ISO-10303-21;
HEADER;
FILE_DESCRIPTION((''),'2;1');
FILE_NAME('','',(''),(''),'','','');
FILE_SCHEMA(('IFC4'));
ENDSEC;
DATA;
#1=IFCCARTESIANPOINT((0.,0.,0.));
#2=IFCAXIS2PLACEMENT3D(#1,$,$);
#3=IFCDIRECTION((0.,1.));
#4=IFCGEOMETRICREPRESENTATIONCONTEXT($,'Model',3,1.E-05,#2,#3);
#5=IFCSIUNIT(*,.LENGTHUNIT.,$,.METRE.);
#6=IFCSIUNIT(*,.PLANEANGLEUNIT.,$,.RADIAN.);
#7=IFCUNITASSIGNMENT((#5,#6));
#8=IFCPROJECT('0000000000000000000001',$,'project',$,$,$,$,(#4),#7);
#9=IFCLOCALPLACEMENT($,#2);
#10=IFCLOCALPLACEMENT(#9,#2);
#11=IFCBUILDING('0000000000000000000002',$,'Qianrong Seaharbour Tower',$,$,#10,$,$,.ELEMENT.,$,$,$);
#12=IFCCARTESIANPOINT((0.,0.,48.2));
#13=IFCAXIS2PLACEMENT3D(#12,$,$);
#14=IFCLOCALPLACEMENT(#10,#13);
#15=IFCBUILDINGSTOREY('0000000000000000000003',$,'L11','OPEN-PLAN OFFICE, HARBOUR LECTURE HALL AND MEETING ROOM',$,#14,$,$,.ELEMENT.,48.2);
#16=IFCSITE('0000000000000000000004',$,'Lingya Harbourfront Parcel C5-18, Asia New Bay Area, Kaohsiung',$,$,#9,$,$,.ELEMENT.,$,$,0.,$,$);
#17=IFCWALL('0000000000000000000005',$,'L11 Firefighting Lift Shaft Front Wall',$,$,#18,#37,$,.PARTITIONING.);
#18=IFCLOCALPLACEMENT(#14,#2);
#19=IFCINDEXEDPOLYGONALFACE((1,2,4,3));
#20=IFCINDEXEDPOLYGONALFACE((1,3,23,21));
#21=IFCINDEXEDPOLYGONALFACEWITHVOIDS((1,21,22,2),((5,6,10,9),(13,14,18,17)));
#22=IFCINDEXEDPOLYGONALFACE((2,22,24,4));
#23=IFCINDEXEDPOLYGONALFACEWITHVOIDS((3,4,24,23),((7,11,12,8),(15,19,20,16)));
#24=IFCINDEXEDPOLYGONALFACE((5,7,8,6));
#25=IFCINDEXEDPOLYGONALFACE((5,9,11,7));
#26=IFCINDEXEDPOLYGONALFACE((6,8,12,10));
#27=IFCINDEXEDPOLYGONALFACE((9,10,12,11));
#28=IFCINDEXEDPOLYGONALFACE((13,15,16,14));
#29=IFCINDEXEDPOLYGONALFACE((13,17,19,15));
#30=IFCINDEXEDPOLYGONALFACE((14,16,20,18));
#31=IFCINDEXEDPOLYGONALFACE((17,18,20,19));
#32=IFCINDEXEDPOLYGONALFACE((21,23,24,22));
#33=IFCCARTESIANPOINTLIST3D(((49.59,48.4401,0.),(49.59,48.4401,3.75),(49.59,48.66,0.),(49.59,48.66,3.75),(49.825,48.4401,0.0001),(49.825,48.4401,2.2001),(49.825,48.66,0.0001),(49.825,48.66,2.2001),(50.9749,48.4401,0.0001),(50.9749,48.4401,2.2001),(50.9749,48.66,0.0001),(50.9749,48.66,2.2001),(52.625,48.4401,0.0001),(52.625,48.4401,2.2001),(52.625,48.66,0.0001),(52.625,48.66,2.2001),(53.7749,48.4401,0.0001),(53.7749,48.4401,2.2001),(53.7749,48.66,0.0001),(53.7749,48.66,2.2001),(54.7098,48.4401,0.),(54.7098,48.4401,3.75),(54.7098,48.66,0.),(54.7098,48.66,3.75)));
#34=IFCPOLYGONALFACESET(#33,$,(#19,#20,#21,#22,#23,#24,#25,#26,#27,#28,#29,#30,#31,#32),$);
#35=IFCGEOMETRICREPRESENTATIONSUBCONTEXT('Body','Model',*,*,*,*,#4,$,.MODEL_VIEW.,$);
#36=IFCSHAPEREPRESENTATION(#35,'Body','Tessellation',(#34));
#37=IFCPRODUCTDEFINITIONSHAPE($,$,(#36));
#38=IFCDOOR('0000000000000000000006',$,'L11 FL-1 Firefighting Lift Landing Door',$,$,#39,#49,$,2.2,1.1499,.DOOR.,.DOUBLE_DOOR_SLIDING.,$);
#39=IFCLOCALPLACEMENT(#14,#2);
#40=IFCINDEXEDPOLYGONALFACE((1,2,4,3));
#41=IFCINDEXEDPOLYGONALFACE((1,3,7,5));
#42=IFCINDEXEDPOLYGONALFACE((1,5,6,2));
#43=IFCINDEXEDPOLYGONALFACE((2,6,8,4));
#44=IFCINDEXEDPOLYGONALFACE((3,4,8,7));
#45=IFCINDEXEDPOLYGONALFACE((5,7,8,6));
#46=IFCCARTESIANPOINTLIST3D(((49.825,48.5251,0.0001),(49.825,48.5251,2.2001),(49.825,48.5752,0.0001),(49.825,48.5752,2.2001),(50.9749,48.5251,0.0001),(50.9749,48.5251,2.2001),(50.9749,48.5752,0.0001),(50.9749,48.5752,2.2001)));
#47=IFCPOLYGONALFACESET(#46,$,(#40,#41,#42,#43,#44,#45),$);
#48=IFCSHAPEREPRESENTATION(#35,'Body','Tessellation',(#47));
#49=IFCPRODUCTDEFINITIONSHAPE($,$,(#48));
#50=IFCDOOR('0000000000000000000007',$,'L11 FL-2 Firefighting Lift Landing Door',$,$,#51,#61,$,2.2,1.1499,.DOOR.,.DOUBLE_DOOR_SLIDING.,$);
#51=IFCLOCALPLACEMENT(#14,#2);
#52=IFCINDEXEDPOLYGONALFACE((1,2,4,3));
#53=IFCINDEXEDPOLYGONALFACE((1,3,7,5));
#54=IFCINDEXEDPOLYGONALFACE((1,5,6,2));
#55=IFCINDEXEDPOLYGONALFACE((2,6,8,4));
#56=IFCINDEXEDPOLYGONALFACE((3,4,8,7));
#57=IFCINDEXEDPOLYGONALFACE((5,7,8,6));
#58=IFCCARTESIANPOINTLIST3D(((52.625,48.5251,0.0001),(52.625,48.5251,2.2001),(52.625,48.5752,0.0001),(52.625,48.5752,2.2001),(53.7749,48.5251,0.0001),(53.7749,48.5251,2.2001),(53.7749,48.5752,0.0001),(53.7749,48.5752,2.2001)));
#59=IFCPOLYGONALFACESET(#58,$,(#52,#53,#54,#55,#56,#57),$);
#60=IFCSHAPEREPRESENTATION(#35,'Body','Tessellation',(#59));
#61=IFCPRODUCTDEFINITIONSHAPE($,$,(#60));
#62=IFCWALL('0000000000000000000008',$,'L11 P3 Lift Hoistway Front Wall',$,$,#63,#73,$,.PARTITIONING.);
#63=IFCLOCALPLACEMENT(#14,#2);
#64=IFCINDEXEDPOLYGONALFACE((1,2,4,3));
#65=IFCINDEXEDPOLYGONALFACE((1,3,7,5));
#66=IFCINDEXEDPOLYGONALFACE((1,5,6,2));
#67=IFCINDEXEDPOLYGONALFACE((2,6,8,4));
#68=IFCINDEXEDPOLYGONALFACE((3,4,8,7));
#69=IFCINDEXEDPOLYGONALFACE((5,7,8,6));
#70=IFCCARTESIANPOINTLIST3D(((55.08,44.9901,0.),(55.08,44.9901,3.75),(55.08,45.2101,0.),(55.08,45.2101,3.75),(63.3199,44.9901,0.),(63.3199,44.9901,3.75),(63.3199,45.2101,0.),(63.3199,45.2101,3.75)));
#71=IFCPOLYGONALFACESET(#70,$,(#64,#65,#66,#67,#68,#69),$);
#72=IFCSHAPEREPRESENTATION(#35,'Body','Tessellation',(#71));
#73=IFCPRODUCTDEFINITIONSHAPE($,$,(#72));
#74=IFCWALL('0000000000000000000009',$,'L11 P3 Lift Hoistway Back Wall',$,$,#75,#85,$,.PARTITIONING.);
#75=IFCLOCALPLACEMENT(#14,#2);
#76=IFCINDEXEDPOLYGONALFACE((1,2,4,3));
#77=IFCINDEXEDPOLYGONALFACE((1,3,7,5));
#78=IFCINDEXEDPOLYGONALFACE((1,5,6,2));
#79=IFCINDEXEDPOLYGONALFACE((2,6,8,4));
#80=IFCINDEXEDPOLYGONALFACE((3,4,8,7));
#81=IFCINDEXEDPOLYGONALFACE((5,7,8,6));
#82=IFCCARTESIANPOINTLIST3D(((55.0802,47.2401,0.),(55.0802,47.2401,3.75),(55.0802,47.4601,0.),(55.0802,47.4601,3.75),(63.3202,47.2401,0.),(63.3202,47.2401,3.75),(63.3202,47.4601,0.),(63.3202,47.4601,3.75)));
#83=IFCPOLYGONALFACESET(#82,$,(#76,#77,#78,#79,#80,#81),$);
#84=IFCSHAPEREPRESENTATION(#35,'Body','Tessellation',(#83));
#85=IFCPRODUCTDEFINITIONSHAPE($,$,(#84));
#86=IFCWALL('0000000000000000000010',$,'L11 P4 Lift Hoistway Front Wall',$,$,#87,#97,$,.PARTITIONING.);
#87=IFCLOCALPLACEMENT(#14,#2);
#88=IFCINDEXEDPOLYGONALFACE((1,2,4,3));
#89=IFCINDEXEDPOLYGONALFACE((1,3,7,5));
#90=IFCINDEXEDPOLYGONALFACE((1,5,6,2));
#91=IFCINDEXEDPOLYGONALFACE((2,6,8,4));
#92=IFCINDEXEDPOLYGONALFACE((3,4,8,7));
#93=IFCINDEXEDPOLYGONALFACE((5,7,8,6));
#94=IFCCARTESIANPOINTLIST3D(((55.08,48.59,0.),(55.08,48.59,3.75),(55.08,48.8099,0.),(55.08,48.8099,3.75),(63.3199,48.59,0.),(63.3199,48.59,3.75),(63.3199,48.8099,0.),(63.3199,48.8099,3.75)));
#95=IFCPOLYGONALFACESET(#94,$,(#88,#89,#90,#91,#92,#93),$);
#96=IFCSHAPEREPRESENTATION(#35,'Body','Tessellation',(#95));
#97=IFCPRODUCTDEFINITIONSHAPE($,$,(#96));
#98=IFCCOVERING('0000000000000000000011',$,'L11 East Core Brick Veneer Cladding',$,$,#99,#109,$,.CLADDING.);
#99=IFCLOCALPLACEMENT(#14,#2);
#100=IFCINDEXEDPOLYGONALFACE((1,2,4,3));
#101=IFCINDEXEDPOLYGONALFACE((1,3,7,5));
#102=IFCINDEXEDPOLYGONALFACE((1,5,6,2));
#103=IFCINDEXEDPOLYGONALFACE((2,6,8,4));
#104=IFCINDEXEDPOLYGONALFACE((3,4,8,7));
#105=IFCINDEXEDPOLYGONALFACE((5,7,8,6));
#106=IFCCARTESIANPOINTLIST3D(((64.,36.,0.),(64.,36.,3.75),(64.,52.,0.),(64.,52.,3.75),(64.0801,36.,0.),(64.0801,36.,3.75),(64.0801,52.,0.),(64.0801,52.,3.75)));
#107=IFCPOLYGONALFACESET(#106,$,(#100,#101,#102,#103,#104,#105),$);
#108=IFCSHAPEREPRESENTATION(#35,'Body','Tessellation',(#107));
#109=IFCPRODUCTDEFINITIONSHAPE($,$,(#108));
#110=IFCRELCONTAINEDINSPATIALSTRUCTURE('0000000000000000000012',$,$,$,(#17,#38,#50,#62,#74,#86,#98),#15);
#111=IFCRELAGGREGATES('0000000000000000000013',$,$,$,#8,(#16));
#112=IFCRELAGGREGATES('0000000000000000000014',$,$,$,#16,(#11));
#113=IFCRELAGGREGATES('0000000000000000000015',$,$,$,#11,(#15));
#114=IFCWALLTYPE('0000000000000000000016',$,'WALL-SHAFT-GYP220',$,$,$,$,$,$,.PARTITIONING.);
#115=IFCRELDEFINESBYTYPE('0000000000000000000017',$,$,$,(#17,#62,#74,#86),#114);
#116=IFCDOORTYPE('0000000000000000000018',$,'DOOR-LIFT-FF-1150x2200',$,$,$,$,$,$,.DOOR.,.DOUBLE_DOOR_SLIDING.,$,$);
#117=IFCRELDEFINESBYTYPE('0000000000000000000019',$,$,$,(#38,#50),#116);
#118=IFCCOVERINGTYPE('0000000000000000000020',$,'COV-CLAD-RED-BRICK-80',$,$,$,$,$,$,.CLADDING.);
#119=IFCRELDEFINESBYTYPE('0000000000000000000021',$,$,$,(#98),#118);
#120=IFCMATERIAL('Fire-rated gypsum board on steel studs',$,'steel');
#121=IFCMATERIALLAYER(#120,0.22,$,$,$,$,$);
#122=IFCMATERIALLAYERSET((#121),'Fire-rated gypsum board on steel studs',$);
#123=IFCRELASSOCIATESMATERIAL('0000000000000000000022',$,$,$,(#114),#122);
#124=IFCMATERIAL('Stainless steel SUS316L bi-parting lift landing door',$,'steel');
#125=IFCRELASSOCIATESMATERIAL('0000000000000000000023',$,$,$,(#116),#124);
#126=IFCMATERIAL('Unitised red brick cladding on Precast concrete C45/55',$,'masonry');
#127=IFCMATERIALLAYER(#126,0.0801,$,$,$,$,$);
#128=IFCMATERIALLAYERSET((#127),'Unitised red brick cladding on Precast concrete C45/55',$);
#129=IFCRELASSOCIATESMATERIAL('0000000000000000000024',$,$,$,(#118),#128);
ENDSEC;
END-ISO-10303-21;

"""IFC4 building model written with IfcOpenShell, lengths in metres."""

from ifc_helpers import new_model, si_unit, direction, frame, frame_2d, origin, origin_2d, place, context, subcontext, project, spatial, rectangle, extrude, material, layer, layer_set, type_object, element, fill, save


model = new_model("IFC4")

# Units and contexts
model_context = context("Model", 3, precision=1e-05, world=origin(), true_north=direction((0.0, 1.0)))
body_context = subcontext(model_context, "Body", "Model", "MODEL_VIEW")
ifc_project = project(units=[si_unit("LENGTHUNIT", "METRE"), si_unit("PLANEANGLEUNIT", "RADIAN")], contexts=[model_context])

# Site, building, storey
site_placement = place(None, origin())
site = spatial("IfcSite", under=ifc_project, at=site_placement, Name="Lingya Harbourfront Parcel C5-18, Asia New Bay Area, Kaohsiung", CompositionType="ELEMENT", RefElevation=0.0)
building_placement = place(site_placement, origin())
building = spatial("IfcBuilding", under=site, at=building_placement, Name="Qianrong Seaharbour Tower", CompositionType="ELEMENT")
storey_placement = place(building_placement, frame((0.0, 0.0, 48.2)))
storey = spatial("IfcBuildingStorey", under=building, at=storey_placement, Name="L11", Description="OPEN-PLAN OFFICE, HARBOUR LECTURE HALL AND MEETING ROOM", CompositionType="ELEMENT", Elevation=48.2)

# Shared definitions
ifc_material_1 = material(Name="Fire-rated gypsum board on steel studs", Category="steel")

# Wall, openings, doors
ifc_layer_1 = layer(ifc_material_1, 0.22)
ifc_layer_set_1 = layer_set([ifc_layer_1], Name="Fire-rated gypsum board on steel studs")
wall_type_1 = type_object("IfcWallType", Name="WALL-SHAFT-GYP220", PredefinedType="PARTITIONING", material=ifc_layer_set_1)
wall_1_placement = place(storey_placement, frame((54.71, 48.55, 0.0), z_axis=(0.0, 0.0, 1.0), x_axis=(-1.0, 0.0, 0.0)))
wall_1 = element("IfcWall", 1, at=wall_1_placement, inside=storey, type_object=wall_type_1, Name="L11 Firefighting Lift Shaft Front Wall", PredefinedType="PARTITIONING", context=body_context, shape_type="SweptSolid", body=[
    extrude(rectangle(XDim=5.1199, YDim=0.22, at=frame_2d((2.5601, 0.0))), origin(), (0.0, 0.0, 1.0), 3.75),
])
opening_1_placement = place(wall_1_placement, frame((3.7351, 0.0, 0.0)))
opening_1 = element("IfcOpeningElement", 2, at=opening_1_placement, cuts=wall_1, PredefinedType="OPENING", context=body_context, shape_type="SweptSolid", body=[
    extrude(rectangle(XDim=1.1499, YDim=2.2, at=frame_2d((0.575, 1.1001))), frame((0.0, 0.1201, 0.0), z_axis=(0.0, -1.0, 0.0), x_axis=(1.0, 0.0, 0.0)), (0.0, 0.0, 1.0), 0.24),
])
opening_2_placement = place(wall_1_placement, frame((0.9351, 0.0, 0.0)))
opening_2 = element("IfcOpeningElement", 3, at=opening_2_placement, cuts=wall_1, PredefinedType="OPENING", context=body_context, shape_type="SweptSolid", body=[
    extrude(rectangle(XDim=1.1499, YDim=2.2, at=frame_2d((0.575, 1.1001))), frame((0.0, 0.1201, 0.0), z_axis=(0.0, -1.0, 0.0), x_axis=(1.0, 0.0, 0.0)), (0.0, 0.0, 1.0), 0.24),
])
ifc_material_2 = material(Name="Stainless steel SUS316L bi-parting lift landing door", Category="steel")
door_type_1 = type_object("IfcDoorType", Name="DOOR-LIFT-FF-1150x2200", OperationType="DOUBLE_DOOR_SLIDING", PredefinedType="DOOR", material=ifc_material_2)
door_1_placement = place(opening_1_placement, origin())
door_1 = element("IfcDoor", 4, at=door_1_placement, inside=storey, type_object=door_type_1, Name="L11 FL-1 Firefighting Lift Landing Door", OperationType="DOUBLE_DOOR_SLIDING", OverallHeight=2.2, OverallWidth=1.1499, PredefinedType="DOOR", context=body_context, shape_type="SweptSolid", body=[
    extrude(rectangle(XDim=1.1499, YDim=2.2, at=frame_2d((0.575, 1.1001))), frame((0.0, 0.0249, 0.0), z_axis=(0.0, -1.0, 0.0), x_axis=(1.0, 0.0, 0.0)), (0.0, 0.0, 1.0), 0.05),
])
fill(opening_1, door_1)
door_2_placement = place(opening_2_placement, origin())
door_2 = element("IfcDoor", 5, at=door_2_placement, inside=storey, type_object=door_type_1, Name="L11 FL-2 Firefighting Lift Landing Door", OperationType="DOUBLE_DOOR_SLIDING", OverallHeight=2.2, OverallWidth=1.1499, PredefinedType="DOOR", context=body_context, shape_type="SweptSolid", body=[
    extrude(rectangle(XDim=1.1499, YDim=2.2, at=frame_2d((0.575, 1.1001))), frame((0.0, 0.0249, 0.0), z_axis=(0.0, -1.0, 0.0), x_axis=(1.0, 0.0, 0.0)), (0.0, 0.0, 1.0), 0.05),
])
fill(opening_2, door_2)

# Walls
for number, where, z_axis, x_axis, name in (
    (6, (63.3201, 45.1001, 0.0), (0.0, 0.0, 1.0), (-1.0, 0.0, 0.0), "L11 P3 Lift Hoistway Front Wall"),
    (7, (55.0801, 47.3501, 0.0), (0.0, 0.0, 1.0), (1.0, 0.0, 0.0), "L11 P3 Lift Hoistway Back Wall"),
    (8, (63.3201, 48.7, 0.0), (0.0, 0.0, 1.0), (-1.0, 0.0, 0.0), "L11 P4 Lift Hoistway Front Wall"),
):
    element("IfcWall", number, at=place(storey_placement, frame(where, z_axis=z_axis, x_axis=x_axis)), inside=storey, type_object=wall_type_1, Name=name, PredefinedType="PARTITIONING", context=body_context, shape_type="SweptSolid", body=[
        extrude(rectangle(XDim=8.24, YDim=0.22, at=frame_2d((4.1201, 0.0))), origin(), (0.0, 0.0, 1.0), 3.75),
    ])

# Covering
ifc_material_3 = material(Name="Unitised red brick cladding on Precast concrete C45/55", Category="masonry")
ifc_layer_2 = layer(ifc_material_3, 0.0801)
ifc_layer_set_2 = layer_set([ifc_layer_2], Name="Unitised red brick cladding on Precast concrete C45/55")
covering_type = type_object("IfcCoveringType", Name="COV-CLAD-RED-BRICK-80", PredefinedType="CLADDING", material=ifc_layer_set_2)
covering_placement = place(storey_placement, frame((64.04, 44.0, 0.0), z_axis=(0.0, 0.0, 1.0), x_axis=(1.0, 0.0, 0.0)))
element("IfcCovering", 9, at=covering_placement, inside=storey, type_object=covering_type, Name="L11 East Core Brick Veneer Cladding", PredefinedType="CLADDING", context=body_context, shape_type="SweptSolid", body=[
    extrude(rectangle(XDim=0.0801, YDim=16.0, at=origin_2d()), origin(), (0.0, 0.0, 1.0), 3.75),
])

save(model, "model.ifc")
